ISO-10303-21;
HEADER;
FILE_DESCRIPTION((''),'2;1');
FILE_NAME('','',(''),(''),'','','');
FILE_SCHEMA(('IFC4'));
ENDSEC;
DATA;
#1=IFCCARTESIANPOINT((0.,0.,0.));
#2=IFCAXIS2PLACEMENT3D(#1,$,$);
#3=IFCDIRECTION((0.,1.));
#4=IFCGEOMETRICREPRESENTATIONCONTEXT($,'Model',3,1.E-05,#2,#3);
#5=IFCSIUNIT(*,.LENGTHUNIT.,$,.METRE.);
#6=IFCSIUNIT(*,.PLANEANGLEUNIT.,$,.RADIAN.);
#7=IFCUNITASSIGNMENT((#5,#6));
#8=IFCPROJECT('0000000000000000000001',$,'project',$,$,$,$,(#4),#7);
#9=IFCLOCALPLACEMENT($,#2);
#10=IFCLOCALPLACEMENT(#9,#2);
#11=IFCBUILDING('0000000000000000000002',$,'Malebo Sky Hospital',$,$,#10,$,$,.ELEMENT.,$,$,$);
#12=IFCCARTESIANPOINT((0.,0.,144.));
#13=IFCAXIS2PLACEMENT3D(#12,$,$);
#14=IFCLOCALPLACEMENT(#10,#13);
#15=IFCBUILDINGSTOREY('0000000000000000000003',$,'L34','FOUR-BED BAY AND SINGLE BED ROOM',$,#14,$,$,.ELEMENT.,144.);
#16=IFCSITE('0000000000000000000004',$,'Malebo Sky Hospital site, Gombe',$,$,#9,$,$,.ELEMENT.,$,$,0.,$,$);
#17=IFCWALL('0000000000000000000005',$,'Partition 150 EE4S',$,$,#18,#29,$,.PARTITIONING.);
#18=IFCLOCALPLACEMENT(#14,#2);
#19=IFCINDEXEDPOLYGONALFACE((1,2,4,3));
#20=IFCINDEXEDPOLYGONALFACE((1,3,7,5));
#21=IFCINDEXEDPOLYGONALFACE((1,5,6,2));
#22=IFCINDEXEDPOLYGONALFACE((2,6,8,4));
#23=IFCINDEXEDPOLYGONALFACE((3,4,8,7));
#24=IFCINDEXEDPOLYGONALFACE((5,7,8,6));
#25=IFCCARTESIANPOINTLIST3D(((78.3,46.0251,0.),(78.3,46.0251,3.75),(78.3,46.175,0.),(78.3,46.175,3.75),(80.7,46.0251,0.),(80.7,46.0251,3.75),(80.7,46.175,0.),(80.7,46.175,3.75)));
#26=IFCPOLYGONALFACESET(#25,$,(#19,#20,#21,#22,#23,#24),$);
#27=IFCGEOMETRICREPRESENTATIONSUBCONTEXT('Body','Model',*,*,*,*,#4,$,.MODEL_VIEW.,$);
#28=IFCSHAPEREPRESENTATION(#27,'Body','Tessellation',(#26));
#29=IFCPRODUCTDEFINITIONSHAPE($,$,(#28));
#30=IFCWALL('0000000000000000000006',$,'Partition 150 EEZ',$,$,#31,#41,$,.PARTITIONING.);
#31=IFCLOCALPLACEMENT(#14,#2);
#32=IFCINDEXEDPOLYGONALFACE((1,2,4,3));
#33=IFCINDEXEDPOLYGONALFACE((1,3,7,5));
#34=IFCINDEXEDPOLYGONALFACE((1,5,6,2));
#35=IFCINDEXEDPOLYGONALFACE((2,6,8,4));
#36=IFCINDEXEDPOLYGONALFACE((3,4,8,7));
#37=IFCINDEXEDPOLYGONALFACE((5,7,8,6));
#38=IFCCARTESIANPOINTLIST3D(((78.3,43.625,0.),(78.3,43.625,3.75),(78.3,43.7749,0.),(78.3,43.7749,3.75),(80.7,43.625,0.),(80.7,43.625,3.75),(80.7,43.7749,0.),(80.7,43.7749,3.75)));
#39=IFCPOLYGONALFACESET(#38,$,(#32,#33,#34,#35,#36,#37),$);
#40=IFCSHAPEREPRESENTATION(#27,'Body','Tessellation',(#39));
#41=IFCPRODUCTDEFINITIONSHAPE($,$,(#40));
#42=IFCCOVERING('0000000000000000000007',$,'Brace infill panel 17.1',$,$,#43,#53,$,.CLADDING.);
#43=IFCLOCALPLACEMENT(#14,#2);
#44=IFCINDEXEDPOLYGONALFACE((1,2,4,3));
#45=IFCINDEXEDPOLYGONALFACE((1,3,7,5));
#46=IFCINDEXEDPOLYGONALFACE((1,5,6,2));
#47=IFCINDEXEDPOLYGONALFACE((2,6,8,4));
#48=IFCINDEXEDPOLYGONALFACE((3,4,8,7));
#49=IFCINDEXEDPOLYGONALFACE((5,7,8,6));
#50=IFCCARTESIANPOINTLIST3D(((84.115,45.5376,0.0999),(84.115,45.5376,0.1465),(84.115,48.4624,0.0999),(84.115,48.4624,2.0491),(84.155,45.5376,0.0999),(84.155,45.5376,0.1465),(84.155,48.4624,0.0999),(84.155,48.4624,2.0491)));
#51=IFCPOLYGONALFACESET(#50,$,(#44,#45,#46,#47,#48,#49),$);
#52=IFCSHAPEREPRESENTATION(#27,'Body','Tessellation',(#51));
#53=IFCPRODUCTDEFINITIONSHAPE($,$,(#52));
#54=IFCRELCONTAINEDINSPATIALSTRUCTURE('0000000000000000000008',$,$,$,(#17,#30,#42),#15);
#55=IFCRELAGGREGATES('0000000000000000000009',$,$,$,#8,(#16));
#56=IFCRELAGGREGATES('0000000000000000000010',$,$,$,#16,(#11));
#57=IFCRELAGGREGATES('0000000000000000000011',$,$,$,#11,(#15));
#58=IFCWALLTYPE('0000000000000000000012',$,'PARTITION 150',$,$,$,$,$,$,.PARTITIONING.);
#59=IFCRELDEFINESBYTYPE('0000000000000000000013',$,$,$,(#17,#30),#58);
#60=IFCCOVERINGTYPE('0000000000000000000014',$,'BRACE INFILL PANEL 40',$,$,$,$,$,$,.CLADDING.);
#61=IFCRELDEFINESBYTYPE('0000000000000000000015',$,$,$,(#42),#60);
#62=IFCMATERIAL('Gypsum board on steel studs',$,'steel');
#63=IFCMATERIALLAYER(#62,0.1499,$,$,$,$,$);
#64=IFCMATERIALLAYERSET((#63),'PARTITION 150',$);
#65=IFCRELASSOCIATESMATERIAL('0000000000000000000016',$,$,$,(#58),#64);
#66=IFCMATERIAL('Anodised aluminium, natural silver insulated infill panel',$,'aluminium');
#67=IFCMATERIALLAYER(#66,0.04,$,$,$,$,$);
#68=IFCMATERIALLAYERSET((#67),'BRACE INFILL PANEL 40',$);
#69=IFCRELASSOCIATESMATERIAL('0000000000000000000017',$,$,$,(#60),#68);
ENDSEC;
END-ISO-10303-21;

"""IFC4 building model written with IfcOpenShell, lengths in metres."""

from ifc_helpers import new_model, si_unit, direction, frame, frame_2d, origin, place, context, subcontext, project, spatial, polyline, rectangle, outline, extrude, material, layer, layer_set, type_object, element, save


model = new_model("IFC4")

# Units and contexts
model_context = context("Model", 3, precision=1e-05, world=origin(), true_north=direction((0.0, 1.0)))
body_context = subcontext(model_context, "Body", "Model", "MODEL_VIEW")
ifc_project = project(units=[si_unit("LENGTHUNIT", "METRE"), si_unit("PLANEANGLEUNIT", "RADIAN")], contexts=[model_context])

# Site, building, storey
site_placement = place(None, origin())
site = spatial("IfcSite", under=ifc_project, at=site_placement, Name="Malebo Sky Hospital site, Gombe", CompositionType="ELEMENT", RefElevation=0.0)
building_placement = place(site_placement, origin())
building = spatial("IfcBuilding", under=site, at=building_placement, Name="Malebo Sky Hospital", CompositionType="ELEMENT")
storey_placement = place(building_placement, frame((0.0, 0.0, 144.0)))
storey = spatial("IfcBuildingStorey", under=building, at=storey_placement, Name="L34", Description="FOUR-BED BAY AND SINGLE BED ROOM", CompositionType="ELEMENT", Elevation=144.0)

# Shared definitions
ifc_material_1 = material(Name="Gypsum board on steel studs", Category="steel")

# Shared definitions
ifc_layer_1 = layer(ifc_material_1, 0.1499)
ifc_layer_set_1 = layer_set([ifc_layer_1], Name="PARTITION 150")
wall_type_1 = type_object("IfcWallType", Name="PARTITION 150", PredefinedType="PARTITIONING", material=ifc_layer_set_1)

# Walls
for number, where, z_axis, x_axis, name in (
    (1, (78.3, 46.1001, 0.0), (0.0, 0.0, 1.0), (1.0, 0.0, 0.0), "Partition 150 EE4S"),
    (2, (78.3, 43.7, 0.0), (0.0, 0.0, 1.0), (1.0, 0.0, 0.0), "Partition 150 EEZ"),
):
    element("IfcWall", number, at=place(storey_placement, frame(where, z_axis=z_axis, x_axis=x_axis)), inside=storey, type_object=wall_type_1, Name=name, PredefinedType="PARTITIONING", context=body_context, shape_type="SweptSolid", body=[
        extrude(rectangle(XDim=2.3999, YDim=0.1499, at=frame_2d((1.2, 0.0))), origin(), (0.0, 0.0, 1.0), 3.75),
    ])

# Covering
ifc_material_2 = material(Name="Anodised aluminium, natural silver insulated infill panel", Category="aluminium")
ifc_layer_2 = layer(ifc_material_2, 0.04)
ifc_layer_set_2 = layer_set([ifc_layer_2], Name="BRACE INFILL PANEL 40")
covering_type = type_object("IfcCoveringType", Name="BRACE INFILL PANEL 40", PredefinedType="CLADDING", material=ifc_layer_set_2)
covering_placement = place(storey_placement, frame((84.135, 47.0, 0.0999), z_axis=(0.0, 0.0, 1.0), x_axis=(0.0, -1.0, 0.0)))
element("IfcCovering", 3, at=covering_placement, inside=storey, type_object=covering_type, Name="Brace infill panel 17.1", PredefinedType="CLADDING", context=body_context, shape_type="SweptSolid", body=[
    extrude(outline(polyline([(-1.4624, 0.0), (1.4624, 0.0), (1.4624, 0.0466), (-1.4624, 1.9492), (-1.4624, 0.0)])), frame((0.0, 0.02, 0.0), z_axis=(0.0, -1.0, 0.0), x_axis=(1.0, 0.0, 0.0)), (0.0, 0.0, 1.0), 0.04),
])

save(model, "model.ifc")
